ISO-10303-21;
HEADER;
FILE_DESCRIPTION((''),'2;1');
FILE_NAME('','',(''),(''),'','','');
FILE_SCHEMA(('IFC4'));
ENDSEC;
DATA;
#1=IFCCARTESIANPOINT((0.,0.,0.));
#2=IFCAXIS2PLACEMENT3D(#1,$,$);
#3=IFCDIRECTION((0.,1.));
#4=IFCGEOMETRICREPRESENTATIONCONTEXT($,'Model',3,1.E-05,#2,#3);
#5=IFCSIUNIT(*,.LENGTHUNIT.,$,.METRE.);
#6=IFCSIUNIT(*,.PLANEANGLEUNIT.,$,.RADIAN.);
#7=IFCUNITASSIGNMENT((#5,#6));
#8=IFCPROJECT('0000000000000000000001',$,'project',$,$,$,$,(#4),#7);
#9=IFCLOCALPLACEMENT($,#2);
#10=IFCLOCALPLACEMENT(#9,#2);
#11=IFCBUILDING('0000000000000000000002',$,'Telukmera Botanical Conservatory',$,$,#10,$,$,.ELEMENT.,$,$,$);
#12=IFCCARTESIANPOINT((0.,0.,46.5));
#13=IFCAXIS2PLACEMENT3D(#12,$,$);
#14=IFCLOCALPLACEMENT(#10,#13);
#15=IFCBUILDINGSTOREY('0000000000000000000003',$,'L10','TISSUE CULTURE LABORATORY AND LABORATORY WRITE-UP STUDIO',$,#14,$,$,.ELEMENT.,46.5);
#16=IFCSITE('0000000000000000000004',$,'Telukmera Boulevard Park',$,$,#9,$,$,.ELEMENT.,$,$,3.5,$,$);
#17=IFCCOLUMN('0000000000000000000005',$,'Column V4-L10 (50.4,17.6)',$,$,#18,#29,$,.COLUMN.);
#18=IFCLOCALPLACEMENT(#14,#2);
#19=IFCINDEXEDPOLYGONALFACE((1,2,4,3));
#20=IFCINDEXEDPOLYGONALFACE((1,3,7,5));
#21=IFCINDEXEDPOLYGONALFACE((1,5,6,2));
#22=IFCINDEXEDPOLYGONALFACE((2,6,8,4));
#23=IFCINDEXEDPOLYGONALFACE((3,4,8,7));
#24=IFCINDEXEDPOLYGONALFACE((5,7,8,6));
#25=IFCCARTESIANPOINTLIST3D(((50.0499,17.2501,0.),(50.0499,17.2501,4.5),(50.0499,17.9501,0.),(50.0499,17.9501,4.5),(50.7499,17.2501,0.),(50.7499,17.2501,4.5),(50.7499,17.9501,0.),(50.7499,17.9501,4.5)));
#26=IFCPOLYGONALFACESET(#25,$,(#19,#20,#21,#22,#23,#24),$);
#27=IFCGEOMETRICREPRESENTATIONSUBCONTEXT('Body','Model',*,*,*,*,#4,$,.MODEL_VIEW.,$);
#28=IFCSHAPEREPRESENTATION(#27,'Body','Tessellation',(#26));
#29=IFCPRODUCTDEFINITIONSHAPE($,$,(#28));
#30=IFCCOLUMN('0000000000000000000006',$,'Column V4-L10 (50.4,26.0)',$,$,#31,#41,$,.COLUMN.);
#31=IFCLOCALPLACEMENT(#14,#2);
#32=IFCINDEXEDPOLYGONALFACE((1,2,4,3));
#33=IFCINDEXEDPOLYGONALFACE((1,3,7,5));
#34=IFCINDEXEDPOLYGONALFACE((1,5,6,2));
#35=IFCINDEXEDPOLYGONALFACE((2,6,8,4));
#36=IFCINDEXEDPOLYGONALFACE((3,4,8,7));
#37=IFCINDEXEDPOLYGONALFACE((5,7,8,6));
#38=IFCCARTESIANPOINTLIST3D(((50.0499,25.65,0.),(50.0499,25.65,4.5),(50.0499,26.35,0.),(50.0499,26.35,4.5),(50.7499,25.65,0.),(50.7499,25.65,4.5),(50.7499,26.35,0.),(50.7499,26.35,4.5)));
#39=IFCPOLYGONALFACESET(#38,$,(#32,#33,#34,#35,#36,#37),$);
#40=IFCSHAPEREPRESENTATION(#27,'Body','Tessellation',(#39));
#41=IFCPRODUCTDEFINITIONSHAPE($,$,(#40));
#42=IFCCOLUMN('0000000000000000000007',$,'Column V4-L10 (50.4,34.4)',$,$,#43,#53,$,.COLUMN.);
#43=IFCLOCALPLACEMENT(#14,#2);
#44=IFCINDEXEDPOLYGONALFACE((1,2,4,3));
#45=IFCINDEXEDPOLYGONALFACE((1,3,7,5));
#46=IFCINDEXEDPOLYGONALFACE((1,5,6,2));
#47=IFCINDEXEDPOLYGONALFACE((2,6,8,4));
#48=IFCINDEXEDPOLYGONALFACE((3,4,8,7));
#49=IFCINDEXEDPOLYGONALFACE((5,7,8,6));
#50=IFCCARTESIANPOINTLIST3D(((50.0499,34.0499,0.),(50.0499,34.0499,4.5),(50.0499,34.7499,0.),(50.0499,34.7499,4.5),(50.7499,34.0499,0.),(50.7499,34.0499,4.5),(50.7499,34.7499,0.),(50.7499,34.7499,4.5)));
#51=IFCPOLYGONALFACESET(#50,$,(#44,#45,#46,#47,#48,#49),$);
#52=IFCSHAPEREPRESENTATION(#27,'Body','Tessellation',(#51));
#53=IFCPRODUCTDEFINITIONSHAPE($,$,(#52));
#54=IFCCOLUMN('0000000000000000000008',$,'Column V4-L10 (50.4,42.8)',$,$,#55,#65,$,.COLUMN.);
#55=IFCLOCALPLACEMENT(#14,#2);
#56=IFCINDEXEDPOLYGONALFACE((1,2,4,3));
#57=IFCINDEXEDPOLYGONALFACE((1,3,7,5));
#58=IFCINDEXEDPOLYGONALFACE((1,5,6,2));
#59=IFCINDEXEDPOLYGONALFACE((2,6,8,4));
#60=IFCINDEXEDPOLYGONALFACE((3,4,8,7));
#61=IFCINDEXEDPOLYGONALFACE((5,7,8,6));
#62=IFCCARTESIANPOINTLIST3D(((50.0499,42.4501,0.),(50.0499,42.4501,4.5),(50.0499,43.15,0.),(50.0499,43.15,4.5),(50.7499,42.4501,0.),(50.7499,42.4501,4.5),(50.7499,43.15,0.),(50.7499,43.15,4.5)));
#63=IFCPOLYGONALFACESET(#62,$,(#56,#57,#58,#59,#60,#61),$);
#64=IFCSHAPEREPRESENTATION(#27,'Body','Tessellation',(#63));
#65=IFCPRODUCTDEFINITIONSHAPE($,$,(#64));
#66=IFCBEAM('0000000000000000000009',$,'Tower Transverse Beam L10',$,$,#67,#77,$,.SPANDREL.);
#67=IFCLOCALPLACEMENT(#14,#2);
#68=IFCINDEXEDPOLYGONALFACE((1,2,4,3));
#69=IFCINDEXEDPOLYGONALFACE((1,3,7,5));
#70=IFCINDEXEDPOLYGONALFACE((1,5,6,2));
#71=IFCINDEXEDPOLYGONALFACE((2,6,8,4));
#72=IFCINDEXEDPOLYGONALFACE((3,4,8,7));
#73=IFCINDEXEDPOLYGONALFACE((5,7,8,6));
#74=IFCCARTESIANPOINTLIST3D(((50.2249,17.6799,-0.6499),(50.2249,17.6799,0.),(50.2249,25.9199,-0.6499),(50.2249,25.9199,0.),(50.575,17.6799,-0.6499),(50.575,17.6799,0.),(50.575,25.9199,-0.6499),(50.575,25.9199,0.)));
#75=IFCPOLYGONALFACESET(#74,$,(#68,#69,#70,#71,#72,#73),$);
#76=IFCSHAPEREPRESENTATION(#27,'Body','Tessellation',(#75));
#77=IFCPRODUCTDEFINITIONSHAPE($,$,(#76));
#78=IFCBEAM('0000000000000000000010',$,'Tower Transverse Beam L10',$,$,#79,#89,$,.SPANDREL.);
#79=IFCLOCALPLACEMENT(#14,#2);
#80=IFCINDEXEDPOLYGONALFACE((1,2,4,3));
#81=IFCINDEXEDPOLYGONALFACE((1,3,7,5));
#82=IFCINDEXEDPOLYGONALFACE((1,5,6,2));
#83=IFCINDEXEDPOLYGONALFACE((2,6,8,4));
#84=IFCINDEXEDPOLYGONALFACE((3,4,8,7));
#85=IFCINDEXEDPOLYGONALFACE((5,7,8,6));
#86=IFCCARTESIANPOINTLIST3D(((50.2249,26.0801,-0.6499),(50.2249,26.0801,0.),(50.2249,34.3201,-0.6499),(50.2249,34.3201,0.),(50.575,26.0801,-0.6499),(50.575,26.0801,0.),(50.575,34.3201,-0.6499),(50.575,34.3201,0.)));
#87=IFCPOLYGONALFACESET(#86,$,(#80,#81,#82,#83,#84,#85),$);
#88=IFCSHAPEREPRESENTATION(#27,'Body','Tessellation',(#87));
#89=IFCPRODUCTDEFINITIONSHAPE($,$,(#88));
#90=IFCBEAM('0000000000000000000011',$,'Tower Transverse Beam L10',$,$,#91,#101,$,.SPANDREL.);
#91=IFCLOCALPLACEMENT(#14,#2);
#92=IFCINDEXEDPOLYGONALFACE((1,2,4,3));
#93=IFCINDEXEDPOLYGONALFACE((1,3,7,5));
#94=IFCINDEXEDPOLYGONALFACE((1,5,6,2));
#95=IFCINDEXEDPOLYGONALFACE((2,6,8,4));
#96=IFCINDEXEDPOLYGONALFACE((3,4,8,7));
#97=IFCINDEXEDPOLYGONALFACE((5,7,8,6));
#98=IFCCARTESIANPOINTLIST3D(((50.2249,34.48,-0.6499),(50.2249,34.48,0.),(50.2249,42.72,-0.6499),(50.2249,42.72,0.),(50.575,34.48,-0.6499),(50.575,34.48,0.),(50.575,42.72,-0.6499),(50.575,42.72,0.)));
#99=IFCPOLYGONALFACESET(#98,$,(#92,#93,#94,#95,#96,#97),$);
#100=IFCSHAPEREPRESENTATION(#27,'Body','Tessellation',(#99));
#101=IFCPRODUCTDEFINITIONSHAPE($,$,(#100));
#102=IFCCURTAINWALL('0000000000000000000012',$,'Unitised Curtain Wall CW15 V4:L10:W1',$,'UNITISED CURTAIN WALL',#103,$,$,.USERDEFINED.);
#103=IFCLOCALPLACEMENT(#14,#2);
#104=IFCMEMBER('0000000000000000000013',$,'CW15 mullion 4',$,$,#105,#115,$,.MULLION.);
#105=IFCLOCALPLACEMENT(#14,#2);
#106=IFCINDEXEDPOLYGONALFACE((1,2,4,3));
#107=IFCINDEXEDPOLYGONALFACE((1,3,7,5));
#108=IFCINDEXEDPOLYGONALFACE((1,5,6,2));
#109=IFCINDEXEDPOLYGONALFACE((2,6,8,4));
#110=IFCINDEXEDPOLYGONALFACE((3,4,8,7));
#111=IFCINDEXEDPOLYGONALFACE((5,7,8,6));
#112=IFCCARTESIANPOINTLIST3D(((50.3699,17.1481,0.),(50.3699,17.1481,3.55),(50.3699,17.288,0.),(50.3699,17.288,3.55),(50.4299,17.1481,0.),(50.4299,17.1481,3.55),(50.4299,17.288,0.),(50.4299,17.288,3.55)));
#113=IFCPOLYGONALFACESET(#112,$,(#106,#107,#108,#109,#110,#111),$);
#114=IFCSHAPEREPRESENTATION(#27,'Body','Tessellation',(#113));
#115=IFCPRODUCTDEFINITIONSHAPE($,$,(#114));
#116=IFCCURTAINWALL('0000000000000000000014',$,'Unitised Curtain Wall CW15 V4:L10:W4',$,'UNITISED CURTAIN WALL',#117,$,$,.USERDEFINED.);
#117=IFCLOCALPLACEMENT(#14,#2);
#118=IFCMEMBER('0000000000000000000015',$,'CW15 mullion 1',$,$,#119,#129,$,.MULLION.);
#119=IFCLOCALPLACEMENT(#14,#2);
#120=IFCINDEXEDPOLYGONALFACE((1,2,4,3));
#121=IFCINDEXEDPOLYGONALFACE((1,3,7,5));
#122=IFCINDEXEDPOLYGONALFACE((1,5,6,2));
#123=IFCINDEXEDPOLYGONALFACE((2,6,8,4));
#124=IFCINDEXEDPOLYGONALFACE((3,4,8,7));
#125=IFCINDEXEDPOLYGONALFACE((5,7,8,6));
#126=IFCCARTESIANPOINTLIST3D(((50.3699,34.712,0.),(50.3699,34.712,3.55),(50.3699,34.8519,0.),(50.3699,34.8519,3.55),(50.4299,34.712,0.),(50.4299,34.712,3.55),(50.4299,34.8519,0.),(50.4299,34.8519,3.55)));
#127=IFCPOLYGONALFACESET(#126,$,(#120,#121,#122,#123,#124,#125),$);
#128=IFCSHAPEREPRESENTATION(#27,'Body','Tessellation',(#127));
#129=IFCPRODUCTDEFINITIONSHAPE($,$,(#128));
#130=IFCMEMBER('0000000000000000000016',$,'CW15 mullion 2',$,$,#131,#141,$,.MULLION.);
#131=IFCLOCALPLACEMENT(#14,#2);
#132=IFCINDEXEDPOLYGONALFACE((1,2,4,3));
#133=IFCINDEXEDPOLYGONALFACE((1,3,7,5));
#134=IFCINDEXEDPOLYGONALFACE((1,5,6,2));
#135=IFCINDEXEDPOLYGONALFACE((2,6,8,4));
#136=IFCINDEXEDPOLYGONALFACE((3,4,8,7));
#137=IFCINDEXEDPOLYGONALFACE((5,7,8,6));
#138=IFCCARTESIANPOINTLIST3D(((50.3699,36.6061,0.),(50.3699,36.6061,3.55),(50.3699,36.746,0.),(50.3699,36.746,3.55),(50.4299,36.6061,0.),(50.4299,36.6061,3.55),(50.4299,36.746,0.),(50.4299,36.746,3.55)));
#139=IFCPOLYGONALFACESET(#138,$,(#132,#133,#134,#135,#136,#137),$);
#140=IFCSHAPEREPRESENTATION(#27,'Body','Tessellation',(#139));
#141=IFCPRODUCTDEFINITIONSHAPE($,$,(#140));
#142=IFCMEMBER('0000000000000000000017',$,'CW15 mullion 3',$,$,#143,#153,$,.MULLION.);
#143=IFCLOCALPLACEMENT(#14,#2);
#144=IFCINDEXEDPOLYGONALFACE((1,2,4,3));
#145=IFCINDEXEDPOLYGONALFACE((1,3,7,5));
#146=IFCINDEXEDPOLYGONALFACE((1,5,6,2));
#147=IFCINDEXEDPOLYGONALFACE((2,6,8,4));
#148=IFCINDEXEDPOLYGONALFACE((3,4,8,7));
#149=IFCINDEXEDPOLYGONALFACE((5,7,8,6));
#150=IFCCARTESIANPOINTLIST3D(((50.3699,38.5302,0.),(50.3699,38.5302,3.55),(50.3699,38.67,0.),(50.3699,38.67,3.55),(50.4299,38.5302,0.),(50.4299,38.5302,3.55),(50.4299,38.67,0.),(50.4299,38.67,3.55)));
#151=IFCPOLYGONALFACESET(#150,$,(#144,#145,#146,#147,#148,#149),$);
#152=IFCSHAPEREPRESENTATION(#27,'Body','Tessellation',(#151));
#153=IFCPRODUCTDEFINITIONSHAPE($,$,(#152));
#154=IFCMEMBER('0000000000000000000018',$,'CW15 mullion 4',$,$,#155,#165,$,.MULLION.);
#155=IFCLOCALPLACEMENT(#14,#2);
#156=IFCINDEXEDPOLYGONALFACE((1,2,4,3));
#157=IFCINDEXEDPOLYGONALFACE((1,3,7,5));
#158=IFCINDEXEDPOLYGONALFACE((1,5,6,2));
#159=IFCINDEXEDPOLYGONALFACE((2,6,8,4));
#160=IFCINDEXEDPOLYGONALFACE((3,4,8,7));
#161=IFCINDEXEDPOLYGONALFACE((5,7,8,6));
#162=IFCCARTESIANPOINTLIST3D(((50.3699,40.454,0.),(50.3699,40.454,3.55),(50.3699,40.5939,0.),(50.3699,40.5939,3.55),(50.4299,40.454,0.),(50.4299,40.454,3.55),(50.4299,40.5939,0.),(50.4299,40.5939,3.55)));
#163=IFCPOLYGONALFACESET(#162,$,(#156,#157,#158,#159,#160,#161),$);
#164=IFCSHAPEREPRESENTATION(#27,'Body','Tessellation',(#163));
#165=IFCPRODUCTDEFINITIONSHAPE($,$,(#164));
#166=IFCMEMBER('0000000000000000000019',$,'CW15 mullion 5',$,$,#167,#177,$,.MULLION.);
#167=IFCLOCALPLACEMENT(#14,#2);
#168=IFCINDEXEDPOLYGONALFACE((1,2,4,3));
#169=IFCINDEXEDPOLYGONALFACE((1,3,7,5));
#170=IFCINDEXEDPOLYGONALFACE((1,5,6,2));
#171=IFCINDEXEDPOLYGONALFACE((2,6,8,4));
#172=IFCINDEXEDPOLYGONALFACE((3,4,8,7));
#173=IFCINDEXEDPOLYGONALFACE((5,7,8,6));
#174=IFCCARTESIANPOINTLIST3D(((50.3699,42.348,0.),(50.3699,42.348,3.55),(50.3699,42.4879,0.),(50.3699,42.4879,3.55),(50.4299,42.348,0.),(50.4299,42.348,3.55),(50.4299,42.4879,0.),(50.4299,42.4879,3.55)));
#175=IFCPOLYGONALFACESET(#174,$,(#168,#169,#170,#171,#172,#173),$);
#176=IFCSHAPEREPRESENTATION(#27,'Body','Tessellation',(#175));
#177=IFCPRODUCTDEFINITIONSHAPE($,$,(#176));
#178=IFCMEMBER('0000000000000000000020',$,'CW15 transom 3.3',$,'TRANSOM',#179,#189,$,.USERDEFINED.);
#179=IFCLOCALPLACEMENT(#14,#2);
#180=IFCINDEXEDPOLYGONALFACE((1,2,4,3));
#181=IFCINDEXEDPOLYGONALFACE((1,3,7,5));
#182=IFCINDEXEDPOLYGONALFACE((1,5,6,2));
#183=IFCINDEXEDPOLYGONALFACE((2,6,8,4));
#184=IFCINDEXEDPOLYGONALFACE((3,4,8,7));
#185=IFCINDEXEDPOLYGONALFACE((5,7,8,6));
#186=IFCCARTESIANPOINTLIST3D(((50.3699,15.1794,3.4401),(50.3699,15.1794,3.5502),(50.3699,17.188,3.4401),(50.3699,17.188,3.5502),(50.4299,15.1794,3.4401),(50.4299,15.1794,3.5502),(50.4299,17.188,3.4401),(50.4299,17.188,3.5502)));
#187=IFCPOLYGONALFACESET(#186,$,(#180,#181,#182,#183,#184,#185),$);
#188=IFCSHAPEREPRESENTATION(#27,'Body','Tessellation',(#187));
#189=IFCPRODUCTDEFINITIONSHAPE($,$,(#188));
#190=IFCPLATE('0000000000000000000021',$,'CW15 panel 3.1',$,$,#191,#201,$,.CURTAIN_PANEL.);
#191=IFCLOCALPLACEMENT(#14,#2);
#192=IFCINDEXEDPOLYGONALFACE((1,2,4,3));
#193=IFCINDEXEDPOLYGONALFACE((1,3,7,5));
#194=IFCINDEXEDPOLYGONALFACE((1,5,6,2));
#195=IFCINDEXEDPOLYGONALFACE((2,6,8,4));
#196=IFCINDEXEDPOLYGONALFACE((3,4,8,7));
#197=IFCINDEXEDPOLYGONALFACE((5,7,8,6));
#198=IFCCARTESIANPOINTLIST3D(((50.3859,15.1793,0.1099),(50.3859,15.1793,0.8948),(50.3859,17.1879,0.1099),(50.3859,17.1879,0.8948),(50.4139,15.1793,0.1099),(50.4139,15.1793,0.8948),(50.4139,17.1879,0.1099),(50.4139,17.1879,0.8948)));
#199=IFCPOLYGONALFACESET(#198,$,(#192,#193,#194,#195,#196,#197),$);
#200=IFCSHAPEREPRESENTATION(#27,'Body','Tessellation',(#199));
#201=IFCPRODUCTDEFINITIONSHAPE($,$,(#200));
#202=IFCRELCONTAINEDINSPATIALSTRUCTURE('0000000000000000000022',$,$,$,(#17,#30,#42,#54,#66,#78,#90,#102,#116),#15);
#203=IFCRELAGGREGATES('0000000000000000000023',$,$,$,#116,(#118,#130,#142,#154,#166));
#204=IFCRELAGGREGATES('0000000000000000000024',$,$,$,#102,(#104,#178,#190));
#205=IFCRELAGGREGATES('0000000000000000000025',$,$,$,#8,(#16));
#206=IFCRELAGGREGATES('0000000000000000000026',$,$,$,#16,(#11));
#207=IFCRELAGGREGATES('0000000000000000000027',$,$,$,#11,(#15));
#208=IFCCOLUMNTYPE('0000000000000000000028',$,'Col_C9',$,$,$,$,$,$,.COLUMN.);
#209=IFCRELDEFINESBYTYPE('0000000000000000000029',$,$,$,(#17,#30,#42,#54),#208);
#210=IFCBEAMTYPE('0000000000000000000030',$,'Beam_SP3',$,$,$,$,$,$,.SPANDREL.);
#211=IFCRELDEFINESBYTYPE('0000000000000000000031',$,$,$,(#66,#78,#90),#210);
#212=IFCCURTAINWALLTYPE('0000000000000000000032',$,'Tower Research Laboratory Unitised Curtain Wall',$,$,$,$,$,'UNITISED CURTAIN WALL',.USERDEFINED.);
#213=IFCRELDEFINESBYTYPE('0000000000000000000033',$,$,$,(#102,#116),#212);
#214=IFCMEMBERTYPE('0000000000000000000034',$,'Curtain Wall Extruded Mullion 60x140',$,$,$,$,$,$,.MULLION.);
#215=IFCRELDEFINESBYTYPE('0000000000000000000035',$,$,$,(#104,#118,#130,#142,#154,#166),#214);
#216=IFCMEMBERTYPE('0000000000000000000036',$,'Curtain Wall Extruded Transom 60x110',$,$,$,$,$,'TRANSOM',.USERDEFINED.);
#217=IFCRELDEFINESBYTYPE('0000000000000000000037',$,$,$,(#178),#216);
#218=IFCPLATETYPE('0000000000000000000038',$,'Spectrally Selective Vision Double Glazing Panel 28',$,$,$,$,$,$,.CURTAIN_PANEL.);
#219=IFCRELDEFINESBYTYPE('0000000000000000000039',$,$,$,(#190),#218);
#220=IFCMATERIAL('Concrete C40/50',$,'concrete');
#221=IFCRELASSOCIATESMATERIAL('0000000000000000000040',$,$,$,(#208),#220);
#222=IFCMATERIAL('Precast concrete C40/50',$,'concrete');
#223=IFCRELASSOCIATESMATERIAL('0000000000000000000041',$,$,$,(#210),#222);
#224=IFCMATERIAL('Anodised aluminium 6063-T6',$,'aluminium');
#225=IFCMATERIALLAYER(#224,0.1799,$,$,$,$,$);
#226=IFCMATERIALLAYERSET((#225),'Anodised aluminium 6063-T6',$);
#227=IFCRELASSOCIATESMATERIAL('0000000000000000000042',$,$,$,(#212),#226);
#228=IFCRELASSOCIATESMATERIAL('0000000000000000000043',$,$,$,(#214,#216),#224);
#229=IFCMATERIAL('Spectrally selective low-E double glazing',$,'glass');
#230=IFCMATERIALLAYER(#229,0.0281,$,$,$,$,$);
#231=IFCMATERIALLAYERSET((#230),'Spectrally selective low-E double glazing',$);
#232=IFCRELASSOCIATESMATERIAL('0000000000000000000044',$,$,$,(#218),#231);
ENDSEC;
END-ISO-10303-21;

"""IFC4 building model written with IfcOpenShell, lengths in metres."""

from ifc_helpers import new_model, si_unit, direction, frame, origin, origin_2d, place, context, subcontext, project, spatial, rectangle, extrude, material, layer, layer_set, material_profile, profile_set, type_object, element, aggregate, save


model = new_model("IFC4")

# Units and contexts
model_context = context("Model", 3, precision=1e-05, world=origin(), true_north=direction((0.0, 1.0)))
body_context = subcontext(model_context, "Body", "Model", "MODEL_VIEW")
ifc_project = project(units=[si_unit("LENGTHUNIT", "METRE"), si_unit("PLANEANGLEUNIT", "RADIAN")], contexts=[model_context])

# Site, building, storey
site_placement = place(None, origin())
site = spatial("IfcSite", under=ifc_project, at=site_placement, Name="Telukmera Boulevard Park", CompositionType="ELEMENT", RefElevation=3.5)
building_placement = place(site_placement, origin())
building = spatial("IfcBuilding", under=site, at=building_placement, Name="Telukmera Botanical Conservatory", CompositionType="ELEMENT")
storey_placement = place(building_placement, frame((0.0, 0.0, 46.5)))
storey = spatial("IfcBuildingStorey", under=building, at=storey_placement, Name="L10", Description="TISSUE CULTURE LABORATORY AND LABORATORY WRITE-UP STUDIO", CompositionType="ELEMENT", Elevation=46.5)

# Columns
ifc_material_1 = material(Name="Concrete C40/50", Category="concrete")
ifc_material_profile_1 = material_profile(ifc_material_1, rectangle(XDim=0.7, YDim=0.7, at=origin_2d()), Name="RC 700x700")
ifc_profile_set_1 = profile_set([ifc_material_profile_1], Name="Concrete C40/50")
column_type = type_object("IfcColumnType", Name="Col_C9", PredefinedType="COLUMN", material=ifc_profile_set_1)
for number, where, z_axis, x_axis, name in (
    (1, (50.3999, 17.6001, 0.0), (0.0, 0.0, 1.0), (1.0, 0.0, 0.0), "Column V4-L10 (50.4,17.6)"),
    (2, (50.3999, 26.0, 0.0), (0.0, 0.0, 1.0), (1.0, 0.0, 0.0), "Column V4-L10 (50.4,26.0)"),
    (3, (50.3999, 34.3999, 0.0), (0.0, 0.0, 1.0), (1.0, 0.0, 0.0), "Column V4-L10 (50.4,34.4)"),
    (4, (50.3999, 42.8, 0.0), (0.0, 0.0, 1.0), (1.0, 0.0, 0.0), "Column V4-L10 (50.4,42.8)"),
):
    element("IfcColumn", number, at=place(storey_placement, frame(where, z_axis=z_axis, x_axis=x_axis)), inside=storey, type_object=column_type, Name=name, PredefinedType="COLUMN", context=body_context, shape_type="SweptSolid", body=[
        extrude(rectangle(XDim=0.7, YDim=0.7, at=origin_2d()), origin(), (0.0, 0.0, 1.0), 4.5),
    ])

# Beams
ifc_material_2 = material(Name="Precast concrete C40/50", Category="concrete")
ifc_material_profile_2 = material_profile(ifc_material_2, rectangle(XDim=0.3501, YDim=0.6499, at=origin_2d()), Name="PC 350x650")
ifc_profile_set_2 = profile_set([ifc_material_profile_2], Name="Precast concrete C40/50")
beam_type = type_object("IfcBeamType", Name="Beam_SP3", PredefinedType="SPANDREL", material=ifc_profile_set_2)
for number, where, z_axis, x_axis, name in (
    (5, (50.3999, 17.6799, -0.325), (0.0, 1.0, 0.0), (-1.0, 0.0, 0.0), "Tower Transverse Beam L10"),
    (6, (50.3999, 26.0801, -0.325), (0.0, 1.0, 0.0), (-1.0, 0.0, 0.0), "Tower Transverse Beam L10"),
    (7, (50.3999, 34.48, -0.325), (0.0, 1.0, 0.0), (-1.0, 0.0, 0.0), "Tower Transverse Beam L10"),
):
    element("IfcBeam", number, at=place(storey_placement, frame(where, z_axis=z_axis, x_axis=x_axis)), inside=storey, type_object=beam_type, Name=name, PredefinedType="SPANDREL", context=body_context, shape_type="SweptSolid", body=[
        extrude(rectangle(XDim=0.3501, YDim=0.6499, at=origin_2d()), origin(), (0.0, 0.0, 1.0), 8.24),
    ])

# Curtain wall, member
ifc_material_3 = material(Name="Anodised aluminium 6063-T6", Category="aluminium")
ifc_layer_1 = layer(ifc_material_3, 0.1799)
ifc_layer_set_1 = layer_set([ifc_layer_1], Name="Anodised aluminium 6063-T6")
curtain_wall_type = type_object("IfcCurtainWallType", Name="Tower Research Laboratory Unitised Curtain Wall", ElementType="UNITISED CURTAIN WALL", PredefinedType="USERDEFINED", material=ifc_layer_set_1)
curtain_wall_1_placement = place(storey_placement, origin())
curtain_wall_1 = element("IfcCurtainWall", 8, at=curtain_wall_1_placement, inside=storey, type_object=curtain_wall_type, Name="Unitised Curtain Wall CW15 V4:L10:W1", ObjectType="UNITISED CURTAIN WALL", PredefinedType="USERDEFINED")
ifc_material_profile_3 = material_profile(ifc_material_3, rectangle(XDim=0.0601, YDim=0.1399, at=origin_2d()), Name="ALU MULL 60x140")
ifc_profile_set_3 = profile_set([ifc_material_profile_3], Name="Anodised aluminium 6063-T6")
member_type_1 = type_object("IfcMemberType", Name="Curtain Wall Extruded Mullion 60x140", PredefinedType="MULLION", material=ifc_profile_set_3)
member_1_placement = place(storey_placement, frame((50.3999, 17.218, 0.0), z_axis=(0.0, 0.0, 1.0), x_axis=(-1.0, 0.0, 0.0)))
member_1 = element("IfcMember", 9, at=member_1_placement, type_object=member_type_1, Name="CW15 mullion 4", PredefinedType="MULLION", context=body_context, shape_type="SweptSolid", body=[
    extrude(rectangle(XDim=0.0601, YDim=0.1399, at=origin_2d()), origin(), (0.0, 0.0, 1.0), 3.55),
])

# Curtain wall, members
curtain_wall_2_placement = place(storey_placement, origin())
curtain_wall_2 = element("IfcCurtainWall", 10, at=curtain_wall_2_placement, inside=storey, type_object=curtain_wall_type, Name="Unitised Curtain Wall CW15 V4:L10:W4", ObjectType="UNITISED CURTAIN WALL", PredefinedType="USERDEFINED")
member_2_placement = place(storey_placement, frame((50.3999, 34.782, 0.0), z_axis=(0.0, 0.0, 1.0), x_axis=(-1.0, 0.0, 0.0)))
member_2 = element("IfcMember", 11, at=member_2_placement, type_object=member_type_1, Name="CW15 mullion 1", PredefinedType="MULLION", context=body_context, shape_type="SweptSolid", body=[
    extrude(rectangle(XDim=0.0601, YDim=0.1399, at=origin_2d()), origin(), (0.0, 0.0, 1.0), 3.55),
])
member_3_placement = place(storey_placement, frame((50.3999, 36.676, 0.0), z_axis=(0.0, 0.0, 1.0), x_axis=(-1.0, 0.0, 0.0)))
member_3 = element("IfcMember", 12, at=member_3_placement, type_object=member_type_1, Name="CW15 mullion 2", PredefinedType="MULLION", context=body_context, shape_type="SweptSolid", body=[
    extrude(rectangle(XDim=0.0601, YDim=0.1399, at=origin_2d()), origin(), (0.0, 0.0, 1.0), 3.55),
])
member_4_placement = place(storey_placement, frame((50.3999, 38.6001, 0.0), z_axis=(0.0, 0.0, 1.0), x_axis=(-1.0, 0.0, 0.0)))
member_4 = element("IfcMember", 13, at=member_4_placement, type_object=member_type_1, Name="CW15 mullion 3", PredefinedType="MULLION", context=body_context, shape_type="SweptSolid", body=[
    extrude(rectangle(XDim=0.0601, YDim=0.1399, at=origin_2d()), origin(), (0.0, 0.0, 1.0), 3.55),
])
member_5_placement = place(storey_placement, frame((50.3999, 40.5239, 0.0), z_axis=(0.0, 0.0, 1.0), x_axis=(-1.0, 0.0, 0.0)))
member_5 = element("IfcMember", 14, at=member_5_placement, type_object=member_type_1, Name="CW15 mullion 4", PredefinedType="MULLION", context=body_context, shape_type="SweptSolid", body=[
    extrude(rectangle(XDim=0.0601, YDim=0.1399, at=origin_2d()), origin(), (0.0, 0.0, 1.0), 3.55),
])
member_6_placement = place(storey_placement, frame((50.3999, 42.418, 0.0), z_axis=(0.0, 0.0, 1.0), x_axis=(-1.0, 0.0, 0.0)))
member_6 = element("IfcMember", 15, at=member_6_placement, type_object=member_type_1, Name="CW15 mullion 5", PredefinedType="MULLION", context=body_context, shape_type="SweptSolid", body=[
    extrude(rectangle(XDim=0.0601, YDim=0.1399, at=origin_2d()), origin(), (0.0, 0.0, 1.0), 3.55),
])
aggregate(curtain_wall_2, [member_2, member_3, member_4, member_5, member_6])

# Member
ifc_material_profile_4 = material_profile(ifc_material_3, rectangle(XDim=0.0601, YDim=0.1101, at=origin_2d()), Name="ALU TRAN 60x110")
ifc_profile_set_4 = profile_set([ifc_material_profile_4], Name="Anodised aluminium 6063-T6")
member_type_2 = type_object("IfcMemberType", Name="Curtain Wall Extruded Transom 60x110", ElementType="TRANSOM", PredefinedType="USERDEFINED", material=ifc_profile_set_4)
member_7_placement = place(storey_placement, frame((50.3999, 15.1794, 3.4951), z_axis=(0.0, 1.0, 0.0), x_axis=(-1.0, 0.0, 0.0)))
member_7 = element("IfcMember", 16, at=member_7_placement, type_object=member_type_2, Name="CW15 transom 3.3", ObjectType="TRANSOM", PredefinedType="USERDEFINED", context=body_context, shape_type="SweptSolid", body=[
    extrude(rectangle(XDim=0.0601, YDim=0.1101, at=origin_2d()), origin(), (0.0, 0.0, 1.0), 2.0085),
])

# Plate
ifc_material_4 = material(Name="Spectrally selective low-E double glazing", Category="glass")
ifc_layer_2 = layer(ifc_material_4, 0.0281)
ifc_layer_set_2 = layer_set([ifc_layer_2], Name="Spectrally selective low-E double glazing")
plate_type = type_object("IfcPlateType", Name="Spectrally Selective Vision Double Glazing Panel 28", PredefinedType="CURTAIN_PANEL", material=ifc_layer_set_2)
plate_1_placement = place(storey_placement, frame((50.3999, 16.1836, 0.1099), z_axis=(0.0, 0.0, 1.0), x_axis=(0.0, 1.0, 0.0)))
plate_1 = element("IfcPlate", 17, at=plate_1_placement, type_object=plate_type, Name="CW15 panel 3.1", PredefinedType="CURTAIN_PANEL", context=body_context, shape_type="SweptSolid", body=[
    extrude(rectangle(XDim=2.0085, YDim=0.0281, at=origin_2d()), origin(), (0.0, 0.0, 1.0), 0.7849),
])
aggregate(curtain_wall_1, [member_1, member_7, plate_1])

save(model, "model.ifc")
